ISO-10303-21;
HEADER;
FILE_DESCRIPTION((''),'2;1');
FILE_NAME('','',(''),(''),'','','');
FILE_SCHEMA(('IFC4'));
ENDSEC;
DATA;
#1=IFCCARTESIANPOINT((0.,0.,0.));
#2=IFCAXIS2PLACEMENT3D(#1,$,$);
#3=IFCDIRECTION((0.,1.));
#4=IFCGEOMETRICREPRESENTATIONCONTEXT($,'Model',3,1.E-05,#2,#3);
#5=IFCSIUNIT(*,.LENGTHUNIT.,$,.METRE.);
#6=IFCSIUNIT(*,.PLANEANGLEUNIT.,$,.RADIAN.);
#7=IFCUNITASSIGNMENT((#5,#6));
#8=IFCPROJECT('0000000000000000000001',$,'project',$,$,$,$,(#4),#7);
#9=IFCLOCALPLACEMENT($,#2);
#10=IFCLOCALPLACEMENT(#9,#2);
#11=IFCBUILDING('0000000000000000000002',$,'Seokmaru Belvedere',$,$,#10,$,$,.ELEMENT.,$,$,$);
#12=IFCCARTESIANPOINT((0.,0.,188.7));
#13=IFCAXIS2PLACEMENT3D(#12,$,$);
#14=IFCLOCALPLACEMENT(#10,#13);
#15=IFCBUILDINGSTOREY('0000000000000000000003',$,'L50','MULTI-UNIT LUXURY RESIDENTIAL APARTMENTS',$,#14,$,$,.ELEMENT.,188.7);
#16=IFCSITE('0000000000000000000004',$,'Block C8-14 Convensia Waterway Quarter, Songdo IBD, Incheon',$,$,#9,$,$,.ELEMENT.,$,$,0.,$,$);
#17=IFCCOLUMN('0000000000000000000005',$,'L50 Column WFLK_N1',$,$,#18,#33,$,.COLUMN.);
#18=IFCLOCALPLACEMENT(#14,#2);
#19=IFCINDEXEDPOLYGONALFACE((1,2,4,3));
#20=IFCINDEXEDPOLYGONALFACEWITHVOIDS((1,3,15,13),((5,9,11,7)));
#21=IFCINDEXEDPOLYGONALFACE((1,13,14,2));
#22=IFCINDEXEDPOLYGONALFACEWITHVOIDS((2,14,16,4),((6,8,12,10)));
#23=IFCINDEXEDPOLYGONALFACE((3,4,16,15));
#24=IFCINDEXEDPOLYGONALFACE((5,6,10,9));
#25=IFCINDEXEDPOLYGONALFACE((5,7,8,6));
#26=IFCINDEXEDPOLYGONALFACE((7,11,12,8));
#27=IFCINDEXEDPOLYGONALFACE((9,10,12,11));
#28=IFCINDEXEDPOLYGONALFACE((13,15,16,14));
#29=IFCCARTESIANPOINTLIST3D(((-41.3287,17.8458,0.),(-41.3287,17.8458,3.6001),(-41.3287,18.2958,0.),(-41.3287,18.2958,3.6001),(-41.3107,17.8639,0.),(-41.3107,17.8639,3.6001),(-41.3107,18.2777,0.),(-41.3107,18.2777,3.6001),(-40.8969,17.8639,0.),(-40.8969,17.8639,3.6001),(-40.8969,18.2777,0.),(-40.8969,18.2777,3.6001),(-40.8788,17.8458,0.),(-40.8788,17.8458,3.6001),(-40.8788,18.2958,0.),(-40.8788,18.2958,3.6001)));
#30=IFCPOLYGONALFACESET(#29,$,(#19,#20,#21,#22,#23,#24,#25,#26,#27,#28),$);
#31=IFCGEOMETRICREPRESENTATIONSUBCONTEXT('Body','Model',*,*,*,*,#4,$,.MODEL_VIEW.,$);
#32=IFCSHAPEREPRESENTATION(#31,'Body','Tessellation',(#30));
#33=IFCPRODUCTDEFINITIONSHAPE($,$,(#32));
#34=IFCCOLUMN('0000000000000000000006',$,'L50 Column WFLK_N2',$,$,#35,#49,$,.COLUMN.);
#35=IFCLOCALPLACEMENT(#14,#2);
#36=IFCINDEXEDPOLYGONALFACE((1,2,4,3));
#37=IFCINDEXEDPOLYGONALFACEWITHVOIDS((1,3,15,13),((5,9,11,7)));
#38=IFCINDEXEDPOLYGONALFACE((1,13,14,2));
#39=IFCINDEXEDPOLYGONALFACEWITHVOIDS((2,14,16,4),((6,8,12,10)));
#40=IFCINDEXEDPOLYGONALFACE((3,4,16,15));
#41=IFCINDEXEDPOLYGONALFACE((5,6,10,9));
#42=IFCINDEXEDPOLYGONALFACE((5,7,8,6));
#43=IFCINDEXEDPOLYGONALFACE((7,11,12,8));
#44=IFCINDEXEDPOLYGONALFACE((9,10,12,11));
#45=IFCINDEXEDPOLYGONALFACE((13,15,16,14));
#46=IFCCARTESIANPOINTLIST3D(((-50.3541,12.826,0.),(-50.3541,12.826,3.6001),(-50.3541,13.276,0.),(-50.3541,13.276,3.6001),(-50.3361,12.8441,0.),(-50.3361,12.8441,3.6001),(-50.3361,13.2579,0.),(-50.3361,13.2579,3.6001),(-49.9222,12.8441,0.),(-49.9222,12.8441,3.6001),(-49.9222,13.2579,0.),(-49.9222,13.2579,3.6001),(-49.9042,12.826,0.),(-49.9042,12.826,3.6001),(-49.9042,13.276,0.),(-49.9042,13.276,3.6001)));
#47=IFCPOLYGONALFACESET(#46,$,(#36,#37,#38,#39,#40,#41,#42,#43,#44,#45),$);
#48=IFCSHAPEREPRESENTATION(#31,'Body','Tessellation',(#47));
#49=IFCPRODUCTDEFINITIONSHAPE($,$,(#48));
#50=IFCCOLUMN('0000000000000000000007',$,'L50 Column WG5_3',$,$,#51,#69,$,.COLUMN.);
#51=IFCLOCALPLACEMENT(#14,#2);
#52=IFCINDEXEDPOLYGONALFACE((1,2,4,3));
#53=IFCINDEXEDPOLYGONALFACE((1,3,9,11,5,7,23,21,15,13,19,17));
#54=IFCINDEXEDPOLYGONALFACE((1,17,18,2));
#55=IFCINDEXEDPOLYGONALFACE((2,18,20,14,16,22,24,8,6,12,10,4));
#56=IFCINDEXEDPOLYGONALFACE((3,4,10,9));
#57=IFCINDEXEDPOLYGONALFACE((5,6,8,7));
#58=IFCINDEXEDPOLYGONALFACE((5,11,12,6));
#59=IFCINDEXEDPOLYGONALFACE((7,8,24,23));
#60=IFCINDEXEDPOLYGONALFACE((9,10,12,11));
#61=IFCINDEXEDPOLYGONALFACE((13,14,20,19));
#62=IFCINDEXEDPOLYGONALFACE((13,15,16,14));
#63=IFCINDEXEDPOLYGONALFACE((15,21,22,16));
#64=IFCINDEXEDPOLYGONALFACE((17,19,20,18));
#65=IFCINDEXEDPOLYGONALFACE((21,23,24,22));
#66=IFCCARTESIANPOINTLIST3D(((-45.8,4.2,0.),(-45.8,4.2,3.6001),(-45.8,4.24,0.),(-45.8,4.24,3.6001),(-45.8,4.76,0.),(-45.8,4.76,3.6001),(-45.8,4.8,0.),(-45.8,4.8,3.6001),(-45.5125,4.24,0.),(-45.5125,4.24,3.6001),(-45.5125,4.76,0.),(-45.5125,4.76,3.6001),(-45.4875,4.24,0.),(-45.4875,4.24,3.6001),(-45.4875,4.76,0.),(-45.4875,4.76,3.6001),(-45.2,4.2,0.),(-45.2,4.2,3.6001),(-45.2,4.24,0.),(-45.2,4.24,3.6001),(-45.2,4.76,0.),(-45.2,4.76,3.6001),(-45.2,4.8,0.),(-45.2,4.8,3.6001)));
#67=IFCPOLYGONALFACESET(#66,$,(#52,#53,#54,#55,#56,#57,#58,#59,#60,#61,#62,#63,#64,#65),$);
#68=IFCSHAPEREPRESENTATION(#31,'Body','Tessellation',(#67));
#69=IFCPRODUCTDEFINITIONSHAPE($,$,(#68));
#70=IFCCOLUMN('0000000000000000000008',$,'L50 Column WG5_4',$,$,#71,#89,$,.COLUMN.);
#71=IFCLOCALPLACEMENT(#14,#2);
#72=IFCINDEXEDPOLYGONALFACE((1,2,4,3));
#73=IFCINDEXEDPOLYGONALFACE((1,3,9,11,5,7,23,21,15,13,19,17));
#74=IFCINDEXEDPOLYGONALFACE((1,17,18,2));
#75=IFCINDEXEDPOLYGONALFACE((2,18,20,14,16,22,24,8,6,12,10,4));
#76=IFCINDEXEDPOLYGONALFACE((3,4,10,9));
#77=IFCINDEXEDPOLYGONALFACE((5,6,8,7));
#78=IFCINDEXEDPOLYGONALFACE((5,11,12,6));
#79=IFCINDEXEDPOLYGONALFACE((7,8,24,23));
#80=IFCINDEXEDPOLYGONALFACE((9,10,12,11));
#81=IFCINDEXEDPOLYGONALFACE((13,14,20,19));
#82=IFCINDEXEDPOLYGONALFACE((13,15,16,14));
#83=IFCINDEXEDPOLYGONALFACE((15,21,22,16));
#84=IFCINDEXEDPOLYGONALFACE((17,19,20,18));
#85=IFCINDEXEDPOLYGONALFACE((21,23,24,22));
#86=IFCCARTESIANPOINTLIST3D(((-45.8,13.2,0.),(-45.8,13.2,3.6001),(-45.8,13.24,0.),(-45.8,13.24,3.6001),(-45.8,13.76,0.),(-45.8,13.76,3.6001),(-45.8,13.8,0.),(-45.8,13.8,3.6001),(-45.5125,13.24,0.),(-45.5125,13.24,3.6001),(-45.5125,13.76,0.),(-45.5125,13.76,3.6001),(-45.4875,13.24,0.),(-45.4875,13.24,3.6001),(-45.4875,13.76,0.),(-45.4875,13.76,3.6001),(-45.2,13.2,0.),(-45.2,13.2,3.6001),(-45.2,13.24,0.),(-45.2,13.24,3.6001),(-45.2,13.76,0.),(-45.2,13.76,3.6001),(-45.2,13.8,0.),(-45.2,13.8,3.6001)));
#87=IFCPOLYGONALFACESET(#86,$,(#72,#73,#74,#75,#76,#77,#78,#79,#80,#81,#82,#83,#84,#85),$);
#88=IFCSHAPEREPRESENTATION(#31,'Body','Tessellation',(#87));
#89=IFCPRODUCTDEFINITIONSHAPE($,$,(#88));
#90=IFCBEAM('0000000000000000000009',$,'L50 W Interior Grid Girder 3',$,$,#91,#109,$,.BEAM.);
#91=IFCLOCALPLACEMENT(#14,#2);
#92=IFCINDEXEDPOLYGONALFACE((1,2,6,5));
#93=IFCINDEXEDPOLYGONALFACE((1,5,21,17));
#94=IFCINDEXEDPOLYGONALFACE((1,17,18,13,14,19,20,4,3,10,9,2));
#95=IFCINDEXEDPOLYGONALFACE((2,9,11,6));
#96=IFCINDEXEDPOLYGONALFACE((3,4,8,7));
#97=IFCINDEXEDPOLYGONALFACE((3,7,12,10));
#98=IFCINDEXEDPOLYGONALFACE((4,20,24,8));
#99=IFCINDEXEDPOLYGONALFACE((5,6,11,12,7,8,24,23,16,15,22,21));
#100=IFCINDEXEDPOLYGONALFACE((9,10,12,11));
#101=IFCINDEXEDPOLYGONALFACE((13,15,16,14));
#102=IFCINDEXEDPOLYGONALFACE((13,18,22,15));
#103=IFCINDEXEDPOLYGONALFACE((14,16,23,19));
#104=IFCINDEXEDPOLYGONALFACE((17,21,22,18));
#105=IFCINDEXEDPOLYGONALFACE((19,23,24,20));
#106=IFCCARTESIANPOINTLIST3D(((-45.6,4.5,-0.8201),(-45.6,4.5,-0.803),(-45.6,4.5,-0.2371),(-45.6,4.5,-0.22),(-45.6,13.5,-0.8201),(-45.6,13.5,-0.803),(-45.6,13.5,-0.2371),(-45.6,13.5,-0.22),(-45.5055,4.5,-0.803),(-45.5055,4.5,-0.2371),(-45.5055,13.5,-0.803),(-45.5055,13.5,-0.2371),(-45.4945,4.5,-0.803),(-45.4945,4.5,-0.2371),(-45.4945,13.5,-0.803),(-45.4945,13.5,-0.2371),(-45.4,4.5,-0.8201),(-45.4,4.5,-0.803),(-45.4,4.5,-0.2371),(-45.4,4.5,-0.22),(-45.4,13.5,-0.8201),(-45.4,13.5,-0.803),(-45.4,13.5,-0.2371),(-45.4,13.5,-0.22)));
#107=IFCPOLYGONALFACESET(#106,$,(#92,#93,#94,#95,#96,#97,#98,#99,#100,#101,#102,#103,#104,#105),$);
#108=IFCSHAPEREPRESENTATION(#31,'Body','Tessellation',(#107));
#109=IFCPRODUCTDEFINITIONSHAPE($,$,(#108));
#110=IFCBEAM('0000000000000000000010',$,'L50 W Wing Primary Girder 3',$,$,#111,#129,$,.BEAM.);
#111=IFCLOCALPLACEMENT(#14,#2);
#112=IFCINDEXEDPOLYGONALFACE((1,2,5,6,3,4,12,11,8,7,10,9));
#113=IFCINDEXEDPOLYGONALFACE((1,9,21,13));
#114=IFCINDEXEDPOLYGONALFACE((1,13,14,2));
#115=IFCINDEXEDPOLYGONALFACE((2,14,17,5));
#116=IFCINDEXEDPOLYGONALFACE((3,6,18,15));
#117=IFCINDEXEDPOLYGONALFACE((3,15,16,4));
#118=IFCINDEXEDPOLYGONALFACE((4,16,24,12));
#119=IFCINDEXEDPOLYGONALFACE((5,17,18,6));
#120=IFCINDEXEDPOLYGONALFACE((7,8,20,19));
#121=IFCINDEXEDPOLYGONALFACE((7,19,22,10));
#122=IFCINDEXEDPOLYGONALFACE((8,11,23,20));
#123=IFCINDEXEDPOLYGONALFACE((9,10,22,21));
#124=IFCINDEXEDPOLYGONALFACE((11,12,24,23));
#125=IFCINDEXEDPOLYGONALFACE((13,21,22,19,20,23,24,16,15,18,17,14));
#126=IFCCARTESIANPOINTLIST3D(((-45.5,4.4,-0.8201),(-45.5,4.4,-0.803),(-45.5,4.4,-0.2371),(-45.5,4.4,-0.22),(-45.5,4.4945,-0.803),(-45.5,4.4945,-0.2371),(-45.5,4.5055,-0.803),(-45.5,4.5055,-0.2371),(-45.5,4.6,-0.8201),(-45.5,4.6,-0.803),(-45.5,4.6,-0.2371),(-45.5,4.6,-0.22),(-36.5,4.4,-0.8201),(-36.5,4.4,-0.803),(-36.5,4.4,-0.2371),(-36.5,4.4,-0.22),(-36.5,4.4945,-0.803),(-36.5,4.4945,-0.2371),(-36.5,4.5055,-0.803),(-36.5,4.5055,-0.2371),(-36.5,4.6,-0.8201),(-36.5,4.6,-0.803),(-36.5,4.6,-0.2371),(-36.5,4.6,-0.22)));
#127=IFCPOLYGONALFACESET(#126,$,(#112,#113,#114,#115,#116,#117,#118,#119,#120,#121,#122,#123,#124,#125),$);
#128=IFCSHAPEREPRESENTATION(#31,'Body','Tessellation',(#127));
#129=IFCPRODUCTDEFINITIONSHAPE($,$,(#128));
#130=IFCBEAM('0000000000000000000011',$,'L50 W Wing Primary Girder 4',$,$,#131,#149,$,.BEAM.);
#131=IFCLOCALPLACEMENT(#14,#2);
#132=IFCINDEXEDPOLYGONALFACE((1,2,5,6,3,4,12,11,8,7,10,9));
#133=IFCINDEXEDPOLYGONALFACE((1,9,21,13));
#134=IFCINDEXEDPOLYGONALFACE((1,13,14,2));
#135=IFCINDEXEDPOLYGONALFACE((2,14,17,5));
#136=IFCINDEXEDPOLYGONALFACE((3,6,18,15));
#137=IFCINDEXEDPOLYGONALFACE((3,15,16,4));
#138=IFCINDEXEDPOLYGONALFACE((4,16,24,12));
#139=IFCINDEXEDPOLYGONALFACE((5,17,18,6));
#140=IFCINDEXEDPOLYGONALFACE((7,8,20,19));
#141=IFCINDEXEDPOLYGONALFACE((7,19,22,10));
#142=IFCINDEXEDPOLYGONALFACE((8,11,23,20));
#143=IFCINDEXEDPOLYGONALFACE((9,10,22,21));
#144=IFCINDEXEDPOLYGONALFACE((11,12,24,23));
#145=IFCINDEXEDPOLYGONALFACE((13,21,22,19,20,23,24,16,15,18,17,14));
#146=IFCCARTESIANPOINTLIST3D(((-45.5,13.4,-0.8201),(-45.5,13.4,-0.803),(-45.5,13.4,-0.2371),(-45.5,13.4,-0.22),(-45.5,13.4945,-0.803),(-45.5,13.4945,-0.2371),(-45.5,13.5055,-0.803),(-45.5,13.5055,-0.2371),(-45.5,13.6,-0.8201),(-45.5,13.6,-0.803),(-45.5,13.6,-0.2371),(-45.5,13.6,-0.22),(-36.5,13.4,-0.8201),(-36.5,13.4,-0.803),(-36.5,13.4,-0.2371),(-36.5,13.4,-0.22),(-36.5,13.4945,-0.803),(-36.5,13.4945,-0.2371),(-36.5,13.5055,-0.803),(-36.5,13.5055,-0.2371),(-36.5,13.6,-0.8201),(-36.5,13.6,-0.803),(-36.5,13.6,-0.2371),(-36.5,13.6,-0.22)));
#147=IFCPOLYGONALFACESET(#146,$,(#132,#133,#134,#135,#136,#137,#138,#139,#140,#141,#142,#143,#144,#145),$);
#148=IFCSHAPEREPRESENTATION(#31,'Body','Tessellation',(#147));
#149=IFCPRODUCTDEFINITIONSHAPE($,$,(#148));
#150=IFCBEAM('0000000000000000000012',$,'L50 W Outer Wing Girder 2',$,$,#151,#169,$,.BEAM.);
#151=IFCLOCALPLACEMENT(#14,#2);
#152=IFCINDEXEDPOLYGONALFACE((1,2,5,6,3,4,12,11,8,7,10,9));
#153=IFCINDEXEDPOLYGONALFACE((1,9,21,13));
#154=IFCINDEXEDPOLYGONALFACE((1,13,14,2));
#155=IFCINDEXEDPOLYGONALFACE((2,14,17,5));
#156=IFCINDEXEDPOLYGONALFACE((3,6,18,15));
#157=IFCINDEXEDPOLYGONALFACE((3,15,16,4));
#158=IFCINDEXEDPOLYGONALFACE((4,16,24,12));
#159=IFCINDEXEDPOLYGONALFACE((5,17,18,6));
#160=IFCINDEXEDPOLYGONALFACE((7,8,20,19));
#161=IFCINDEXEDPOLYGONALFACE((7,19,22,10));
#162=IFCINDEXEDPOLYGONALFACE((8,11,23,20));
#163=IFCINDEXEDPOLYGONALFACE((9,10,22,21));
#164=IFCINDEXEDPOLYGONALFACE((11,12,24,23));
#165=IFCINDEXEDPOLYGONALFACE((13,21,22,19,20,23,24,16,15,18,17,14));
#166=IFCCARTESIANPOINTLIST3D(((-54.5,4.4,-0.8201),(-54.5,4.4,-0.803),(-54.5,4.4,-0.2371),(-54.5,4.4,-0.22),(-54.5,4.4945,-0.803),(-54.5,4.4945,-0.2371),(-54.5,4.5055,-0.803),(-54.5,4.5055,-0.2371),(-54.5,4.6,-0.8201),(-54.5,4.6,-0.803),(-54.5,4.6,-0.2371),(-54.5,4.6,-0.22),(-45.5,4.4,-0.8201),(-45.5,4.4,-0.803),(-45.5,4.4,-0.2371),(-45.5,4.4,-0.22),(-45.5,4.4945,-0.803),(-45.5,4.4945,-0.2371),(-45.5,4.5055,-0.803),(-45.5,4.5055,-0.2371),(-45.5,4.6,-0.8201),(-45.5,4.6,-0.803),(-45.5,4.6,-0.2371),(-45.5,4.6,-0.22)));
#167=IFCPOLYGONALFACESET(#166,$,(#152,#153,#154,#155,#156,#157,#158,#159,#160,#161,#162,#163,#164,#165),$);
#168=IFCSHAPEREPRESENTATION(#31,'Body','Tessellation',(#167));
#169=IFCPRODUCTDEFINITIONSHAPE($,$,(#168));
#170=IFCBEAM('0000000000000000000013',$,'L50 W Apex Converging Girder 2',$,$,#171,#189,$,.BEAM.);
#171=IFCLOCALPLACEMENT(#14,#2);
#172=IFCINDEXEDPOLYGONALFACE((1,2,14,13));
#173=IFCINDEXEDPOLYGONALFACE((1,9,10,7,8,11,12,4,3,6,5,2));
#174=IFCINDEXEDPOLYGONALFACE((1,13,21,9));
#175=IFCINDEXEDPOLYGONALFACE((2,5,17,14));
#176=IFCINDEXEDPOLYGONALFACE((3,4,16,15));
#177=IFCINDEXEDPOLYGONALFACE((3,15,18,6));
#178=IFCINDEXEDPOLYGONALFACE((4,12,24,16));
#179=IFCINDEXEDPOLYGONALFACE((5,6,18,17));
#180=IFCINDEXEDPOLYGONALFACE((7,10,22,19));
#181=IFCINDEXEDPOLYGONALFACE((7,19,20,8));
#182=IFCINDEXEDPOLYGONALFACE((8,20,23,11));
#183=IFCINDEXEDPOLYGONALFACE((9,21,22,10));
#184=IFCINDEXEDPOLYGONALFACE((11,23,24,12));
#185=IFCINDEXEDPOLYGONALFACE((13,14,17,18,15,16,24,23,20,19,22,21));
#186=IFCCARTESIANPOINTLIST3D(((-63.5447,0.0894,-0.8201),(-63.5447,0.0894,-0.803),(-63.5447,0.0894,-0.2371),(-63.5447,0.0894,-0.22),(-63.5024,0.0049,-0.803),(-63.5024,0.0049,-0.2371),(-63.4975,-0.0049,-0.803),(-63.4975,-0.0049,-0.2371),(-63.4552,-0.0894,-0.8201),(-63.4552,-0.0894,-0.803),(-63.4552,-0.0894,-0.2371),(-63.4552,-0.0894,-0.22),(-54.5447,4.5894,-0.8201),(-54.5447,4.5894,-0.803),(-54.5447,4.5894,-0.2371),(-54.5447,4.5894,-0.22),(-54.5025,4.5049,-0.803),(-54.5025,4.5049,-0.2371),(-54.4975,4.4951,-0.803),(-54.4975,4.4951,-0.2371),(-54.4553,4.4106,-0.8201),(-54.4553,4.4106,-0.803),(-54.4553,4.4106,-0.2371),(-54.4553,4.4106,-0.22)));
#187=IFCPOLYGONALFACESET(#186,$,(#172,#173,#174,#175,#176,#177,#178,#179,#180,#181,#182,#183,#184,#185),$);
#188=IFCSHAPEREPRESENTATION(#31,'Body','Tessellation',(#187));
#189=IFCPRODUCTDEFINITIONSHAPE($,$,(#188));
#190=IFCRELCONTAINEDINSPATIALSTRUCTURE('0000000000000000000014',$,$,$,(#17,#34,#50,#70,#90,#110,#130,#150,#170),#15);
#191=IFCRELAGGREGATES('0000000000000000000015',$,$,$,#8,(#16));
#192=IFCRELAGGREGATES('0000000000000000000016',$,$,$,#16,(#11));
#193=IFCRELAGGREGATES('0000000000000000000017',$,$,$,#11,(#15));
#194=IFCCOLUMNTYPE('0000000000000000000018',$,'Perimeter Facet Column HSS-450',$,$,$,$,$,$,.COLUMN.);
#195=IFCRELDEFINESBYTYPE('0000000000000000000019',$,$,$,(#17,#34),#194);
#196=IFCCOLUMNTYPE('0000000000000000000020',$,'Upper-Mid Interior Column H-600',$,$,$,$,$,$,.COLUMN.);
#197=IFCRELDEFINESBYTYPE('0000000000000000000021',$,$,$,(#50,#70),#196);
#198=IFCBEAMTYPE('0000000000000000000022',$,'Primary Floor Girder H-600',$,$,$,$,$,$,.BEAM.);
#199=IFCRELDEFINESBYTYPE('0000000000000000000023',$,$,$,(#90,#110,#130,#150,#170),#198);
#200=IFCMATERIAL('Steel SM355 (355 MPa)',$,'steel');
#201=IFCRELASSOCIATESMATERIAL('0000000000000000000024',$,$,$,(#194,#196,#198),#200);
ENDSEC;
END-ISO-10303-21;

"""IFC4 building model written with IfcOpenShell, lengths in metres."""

from ifc_helpers import new_model, si_unit, direction, frame, origin, origin_2d, place, context, subcontext, project, spatial, hollow_rectangle, i_section, extrude, source, transform, mapped, material, material_profile, profile_set, type_object, type_shapes, element, save


model = new_model("IFC4")

# Units and contexts
model_context = context("Model", 3, precision=1e-05, world=origin(), true_north=direction((0.0, 1.0)))
body_context = subcontext(model_context, "Body", "Model", "MODEL_VIEW")
ifc_project = project(units=[si_unit("LENGTHUNIT", "METRE"), si_unit("PLANEANGLEUNIT", "RADIAN")], contexts=[model_context])

# Site, building, storey
site_placement = place(None, origin())
site = spatial("IfcSite", under=ifc_project, at=site_placement, Name="Block C8-14 Convensia Waterway Quarter, Songdo IBD, Incheon", CompositionType="ELEMENT", RefElevation=0.0)
building_placement = place(site_placement, origin())
building = spatial("IfcBuilding", under=site, at=building_placement, Name="Seokmaru Belvedere", CompositionType="ELEMENT")
storey_placement = place(building_placement, frame((0.0, 0.0, 188.7)))
storey = spatial("IfcBuildingStorey", under=building, at=storey_placement, Name="L50", Description="MULTI-UNIT LUXURY RESIDENTIAL APARTMENTS", CompositionType="ELEMENT", Elevation=188.7)

# Columns
ifc_material_1 = material(Name="Steel SM355 (355 MPa)", Category="steel")
ifc_material_profile_1 = material_profile(ifc_material_1, hollow_rectangle(XDim=0.45, YDim=0.45, WallThickness=0.0181, at=origin_2d()), Name="HSS-450x450x18")
ifc_profile_set_1 = profile_set([ifc_material_profile_1], Name="Steel SM355 (355 MPa)")
column_type_1 = type_object("IfcColumnType", Name="Perimeter Facet Column HSS-450", PredefinedType="COLUMN", material=ifc_profile_set_1)
shared_shape_1 = source(origin(), body_context, "Body", "SweptSolid", [
    extrude(hollow_rectangle(XDim=0.45, YDim=0.45, WallThickness=0.0181, at=origin_2d()), origin(), (0.0, 0.0, 1.0), 3.6001),
])
type_shapes(column_type_1, [shared_shape_1])
for number, where, z_axis, x_axis, name in (
    (1, (-41.1038, 18.0708, 0.0), (0.0, 0.0, 1.0), (1.0, 0.0, 0.0), "L50 Column WFLK_N1"),
    (2, (-50.1292, 13.051, 0.0), (0.0, 0.0, 1.0), (1.0, 0.0, 0.0), "L50 Column WFLK_N2"),
):
    element("IfcColumn", number, at=place(storey_placement, frame(where, z_axis=z_axis, x_axis=x_axis)), inside=storey, type_object=column_type_1, Name=name, PredefinedType="COLUMN", context=body_context, shape_type="MappedRepresentation", body=[
        mapped(shared_shape_1, transform((0.0, 0.0, 0.0), scale=1.0)),
    ])
ifc_material_profile_2 = material_profile(ifc_material_1, i_section(OverallWidth=0.6001, OverallDepth=0.6001, WebThickness=0.0249, FlangeThickness=0.04, at=origin_2d()), Name="H-600x600x25x40")
ifc_profile_set_2 = profile_set([ifc_material_profile_2], Name="Steel SM355 (355 MPa)")
column_type_2 = type_object("IfcColumnType", Name="Upper-Mid Interior Column H-600", PredefinedType="COLUMN", material=ifc_profile_set_2)
shared_shape_2 = source(origin(), body_context, "Body", "SweptSolid", [
    extrude(i_section(OverallWidth=0.6001, OverallDepth=0.6001, WebThickness=0.0249, FlangeThickness=0.04, at=origin_2d()), origin(), (0.0, 0.0, 1.0), 3.6001),
])
type_shapes(column_type_2, [shared_shape_2])
for number, where, z_axis, x_axis, name in (
    (3, (-45.5, 4.5, 0.0), (0.0, 0.0, 1.0), (1.0, 0.0, 0.0), "L50 Column WG5_3"),
    (4, (-45.5, 13.5, 0.0), (0.0, 0.0, 1.0), (1.0, 0.0, 0.0), "L50 Column WG5_4"),
):
    element("IfcColumn", number, at=place(storey_placement, frame(where, z_axis=z_axis, x_axis=x_axis)), inside=storey, type_object=column_type_2, Name=name, PredefinedType="COLUMN", context=body_context, shape_type="MappedRepresentation", body=[
        mapped(shared_shape_2, transform((0.0, 0.0, 0.0), scale=1.0)),
    ])

# Beams
ifc_material_profile_3 = material_profile(ifc_material_1, i_section(OverallWidth=0.2, OverallDepth=0.6001, WebThickness=0.011, FlangeThickness=0.0171, at=origin_2d()), Name="H-600x200x11x17")
ifc_profile_set_3 = profile_set([ifc_material_profile_3], Name="Steel SM355 (355 MPa)")
beam_type_1 = type_object("IfcBeamType", Name="Primary Floor Girder H-600", PredefinedType="BEAM", material=ifc_profile_set_3)
shared_shape_3 = source(origin(), body_context, "Body", "SweptSolid", [
    extrude(i_section(OverallWidth=0.2, OverallDepth=0.6001, WebThickness=0.011, FlangeThickness=0.0171, at=origin_2d()), origin(), (0.0, 0.0, 1.0), 9.0),
])
for number, where, z_axis, x_axis, name in (
    (5, (-45.5, 4.5, -0.52), (0.0, 1.0, 0.0), (-1.0, 0.0, 0.0), "L50 W Interior Grid Girder 3"),
    (6, (-45.5, 4.5, -0.52), (1.0, 0.0, 0.0), (0.0, 1.0, 0.0), "L50 W Wing Primary Girder 3"),
    (7, (-45.5, 13.5, -0.52), (1.0, 0.0, 0.0), (0.0, 1.0, 0.0), "L50 W Wing Primary Girder 4"),
    (8, (-54.5, 4.5, -0.52), (1.0, 0.0, 0.0), (0.0, 1.0, 0.0), "L50 W Outer Wing Girder 2"),
):
    element("IfcBeam", number, at=place(storey_placement, frame(where, z_axis=z_axis, x_axis=x_axis)), inside=storey, type_object=beam_type_1, Name=name, PredefinedType="BEAM", context=body_context, shape_type="MappedRepresentation", body=[
        mapped(shared_shape_3, transform((0.0, 0.0, 0.0), scale=1.0)),
    ])
shared_shape_4 = source(origin(), body_context, "Body", "SweptSolid", [
    extrude(i_section(OverallWidth=0.2, OverallDepth=0.6001, WebThickness=0.011, FlangeThickness=0.0171, at=origin_2d()), origin(), (0.0, 0.0, 1.0), 10.0623),
])
beam_1_placement = place(storey_placement, frame((-54.5, 4.5, -0.52), z_axis=(-0.894427, -0.447214, 0.0), x_axis=(0.447214, -0.894427, 0.0)))
element("IfcBeam", 9, at=beam_1_placement, inside=storey, type_object=beam_type_1, Name="L50 W Apex Converging Girder 2", PredefinedType="BEAM", context=body_context, shape_type="MappedRepresentation", body=[
    mapped(shared_shape_4, transform((0.0, 0.0, 0.0), scale=1.0)),
])

save(model, "model.ifc")
